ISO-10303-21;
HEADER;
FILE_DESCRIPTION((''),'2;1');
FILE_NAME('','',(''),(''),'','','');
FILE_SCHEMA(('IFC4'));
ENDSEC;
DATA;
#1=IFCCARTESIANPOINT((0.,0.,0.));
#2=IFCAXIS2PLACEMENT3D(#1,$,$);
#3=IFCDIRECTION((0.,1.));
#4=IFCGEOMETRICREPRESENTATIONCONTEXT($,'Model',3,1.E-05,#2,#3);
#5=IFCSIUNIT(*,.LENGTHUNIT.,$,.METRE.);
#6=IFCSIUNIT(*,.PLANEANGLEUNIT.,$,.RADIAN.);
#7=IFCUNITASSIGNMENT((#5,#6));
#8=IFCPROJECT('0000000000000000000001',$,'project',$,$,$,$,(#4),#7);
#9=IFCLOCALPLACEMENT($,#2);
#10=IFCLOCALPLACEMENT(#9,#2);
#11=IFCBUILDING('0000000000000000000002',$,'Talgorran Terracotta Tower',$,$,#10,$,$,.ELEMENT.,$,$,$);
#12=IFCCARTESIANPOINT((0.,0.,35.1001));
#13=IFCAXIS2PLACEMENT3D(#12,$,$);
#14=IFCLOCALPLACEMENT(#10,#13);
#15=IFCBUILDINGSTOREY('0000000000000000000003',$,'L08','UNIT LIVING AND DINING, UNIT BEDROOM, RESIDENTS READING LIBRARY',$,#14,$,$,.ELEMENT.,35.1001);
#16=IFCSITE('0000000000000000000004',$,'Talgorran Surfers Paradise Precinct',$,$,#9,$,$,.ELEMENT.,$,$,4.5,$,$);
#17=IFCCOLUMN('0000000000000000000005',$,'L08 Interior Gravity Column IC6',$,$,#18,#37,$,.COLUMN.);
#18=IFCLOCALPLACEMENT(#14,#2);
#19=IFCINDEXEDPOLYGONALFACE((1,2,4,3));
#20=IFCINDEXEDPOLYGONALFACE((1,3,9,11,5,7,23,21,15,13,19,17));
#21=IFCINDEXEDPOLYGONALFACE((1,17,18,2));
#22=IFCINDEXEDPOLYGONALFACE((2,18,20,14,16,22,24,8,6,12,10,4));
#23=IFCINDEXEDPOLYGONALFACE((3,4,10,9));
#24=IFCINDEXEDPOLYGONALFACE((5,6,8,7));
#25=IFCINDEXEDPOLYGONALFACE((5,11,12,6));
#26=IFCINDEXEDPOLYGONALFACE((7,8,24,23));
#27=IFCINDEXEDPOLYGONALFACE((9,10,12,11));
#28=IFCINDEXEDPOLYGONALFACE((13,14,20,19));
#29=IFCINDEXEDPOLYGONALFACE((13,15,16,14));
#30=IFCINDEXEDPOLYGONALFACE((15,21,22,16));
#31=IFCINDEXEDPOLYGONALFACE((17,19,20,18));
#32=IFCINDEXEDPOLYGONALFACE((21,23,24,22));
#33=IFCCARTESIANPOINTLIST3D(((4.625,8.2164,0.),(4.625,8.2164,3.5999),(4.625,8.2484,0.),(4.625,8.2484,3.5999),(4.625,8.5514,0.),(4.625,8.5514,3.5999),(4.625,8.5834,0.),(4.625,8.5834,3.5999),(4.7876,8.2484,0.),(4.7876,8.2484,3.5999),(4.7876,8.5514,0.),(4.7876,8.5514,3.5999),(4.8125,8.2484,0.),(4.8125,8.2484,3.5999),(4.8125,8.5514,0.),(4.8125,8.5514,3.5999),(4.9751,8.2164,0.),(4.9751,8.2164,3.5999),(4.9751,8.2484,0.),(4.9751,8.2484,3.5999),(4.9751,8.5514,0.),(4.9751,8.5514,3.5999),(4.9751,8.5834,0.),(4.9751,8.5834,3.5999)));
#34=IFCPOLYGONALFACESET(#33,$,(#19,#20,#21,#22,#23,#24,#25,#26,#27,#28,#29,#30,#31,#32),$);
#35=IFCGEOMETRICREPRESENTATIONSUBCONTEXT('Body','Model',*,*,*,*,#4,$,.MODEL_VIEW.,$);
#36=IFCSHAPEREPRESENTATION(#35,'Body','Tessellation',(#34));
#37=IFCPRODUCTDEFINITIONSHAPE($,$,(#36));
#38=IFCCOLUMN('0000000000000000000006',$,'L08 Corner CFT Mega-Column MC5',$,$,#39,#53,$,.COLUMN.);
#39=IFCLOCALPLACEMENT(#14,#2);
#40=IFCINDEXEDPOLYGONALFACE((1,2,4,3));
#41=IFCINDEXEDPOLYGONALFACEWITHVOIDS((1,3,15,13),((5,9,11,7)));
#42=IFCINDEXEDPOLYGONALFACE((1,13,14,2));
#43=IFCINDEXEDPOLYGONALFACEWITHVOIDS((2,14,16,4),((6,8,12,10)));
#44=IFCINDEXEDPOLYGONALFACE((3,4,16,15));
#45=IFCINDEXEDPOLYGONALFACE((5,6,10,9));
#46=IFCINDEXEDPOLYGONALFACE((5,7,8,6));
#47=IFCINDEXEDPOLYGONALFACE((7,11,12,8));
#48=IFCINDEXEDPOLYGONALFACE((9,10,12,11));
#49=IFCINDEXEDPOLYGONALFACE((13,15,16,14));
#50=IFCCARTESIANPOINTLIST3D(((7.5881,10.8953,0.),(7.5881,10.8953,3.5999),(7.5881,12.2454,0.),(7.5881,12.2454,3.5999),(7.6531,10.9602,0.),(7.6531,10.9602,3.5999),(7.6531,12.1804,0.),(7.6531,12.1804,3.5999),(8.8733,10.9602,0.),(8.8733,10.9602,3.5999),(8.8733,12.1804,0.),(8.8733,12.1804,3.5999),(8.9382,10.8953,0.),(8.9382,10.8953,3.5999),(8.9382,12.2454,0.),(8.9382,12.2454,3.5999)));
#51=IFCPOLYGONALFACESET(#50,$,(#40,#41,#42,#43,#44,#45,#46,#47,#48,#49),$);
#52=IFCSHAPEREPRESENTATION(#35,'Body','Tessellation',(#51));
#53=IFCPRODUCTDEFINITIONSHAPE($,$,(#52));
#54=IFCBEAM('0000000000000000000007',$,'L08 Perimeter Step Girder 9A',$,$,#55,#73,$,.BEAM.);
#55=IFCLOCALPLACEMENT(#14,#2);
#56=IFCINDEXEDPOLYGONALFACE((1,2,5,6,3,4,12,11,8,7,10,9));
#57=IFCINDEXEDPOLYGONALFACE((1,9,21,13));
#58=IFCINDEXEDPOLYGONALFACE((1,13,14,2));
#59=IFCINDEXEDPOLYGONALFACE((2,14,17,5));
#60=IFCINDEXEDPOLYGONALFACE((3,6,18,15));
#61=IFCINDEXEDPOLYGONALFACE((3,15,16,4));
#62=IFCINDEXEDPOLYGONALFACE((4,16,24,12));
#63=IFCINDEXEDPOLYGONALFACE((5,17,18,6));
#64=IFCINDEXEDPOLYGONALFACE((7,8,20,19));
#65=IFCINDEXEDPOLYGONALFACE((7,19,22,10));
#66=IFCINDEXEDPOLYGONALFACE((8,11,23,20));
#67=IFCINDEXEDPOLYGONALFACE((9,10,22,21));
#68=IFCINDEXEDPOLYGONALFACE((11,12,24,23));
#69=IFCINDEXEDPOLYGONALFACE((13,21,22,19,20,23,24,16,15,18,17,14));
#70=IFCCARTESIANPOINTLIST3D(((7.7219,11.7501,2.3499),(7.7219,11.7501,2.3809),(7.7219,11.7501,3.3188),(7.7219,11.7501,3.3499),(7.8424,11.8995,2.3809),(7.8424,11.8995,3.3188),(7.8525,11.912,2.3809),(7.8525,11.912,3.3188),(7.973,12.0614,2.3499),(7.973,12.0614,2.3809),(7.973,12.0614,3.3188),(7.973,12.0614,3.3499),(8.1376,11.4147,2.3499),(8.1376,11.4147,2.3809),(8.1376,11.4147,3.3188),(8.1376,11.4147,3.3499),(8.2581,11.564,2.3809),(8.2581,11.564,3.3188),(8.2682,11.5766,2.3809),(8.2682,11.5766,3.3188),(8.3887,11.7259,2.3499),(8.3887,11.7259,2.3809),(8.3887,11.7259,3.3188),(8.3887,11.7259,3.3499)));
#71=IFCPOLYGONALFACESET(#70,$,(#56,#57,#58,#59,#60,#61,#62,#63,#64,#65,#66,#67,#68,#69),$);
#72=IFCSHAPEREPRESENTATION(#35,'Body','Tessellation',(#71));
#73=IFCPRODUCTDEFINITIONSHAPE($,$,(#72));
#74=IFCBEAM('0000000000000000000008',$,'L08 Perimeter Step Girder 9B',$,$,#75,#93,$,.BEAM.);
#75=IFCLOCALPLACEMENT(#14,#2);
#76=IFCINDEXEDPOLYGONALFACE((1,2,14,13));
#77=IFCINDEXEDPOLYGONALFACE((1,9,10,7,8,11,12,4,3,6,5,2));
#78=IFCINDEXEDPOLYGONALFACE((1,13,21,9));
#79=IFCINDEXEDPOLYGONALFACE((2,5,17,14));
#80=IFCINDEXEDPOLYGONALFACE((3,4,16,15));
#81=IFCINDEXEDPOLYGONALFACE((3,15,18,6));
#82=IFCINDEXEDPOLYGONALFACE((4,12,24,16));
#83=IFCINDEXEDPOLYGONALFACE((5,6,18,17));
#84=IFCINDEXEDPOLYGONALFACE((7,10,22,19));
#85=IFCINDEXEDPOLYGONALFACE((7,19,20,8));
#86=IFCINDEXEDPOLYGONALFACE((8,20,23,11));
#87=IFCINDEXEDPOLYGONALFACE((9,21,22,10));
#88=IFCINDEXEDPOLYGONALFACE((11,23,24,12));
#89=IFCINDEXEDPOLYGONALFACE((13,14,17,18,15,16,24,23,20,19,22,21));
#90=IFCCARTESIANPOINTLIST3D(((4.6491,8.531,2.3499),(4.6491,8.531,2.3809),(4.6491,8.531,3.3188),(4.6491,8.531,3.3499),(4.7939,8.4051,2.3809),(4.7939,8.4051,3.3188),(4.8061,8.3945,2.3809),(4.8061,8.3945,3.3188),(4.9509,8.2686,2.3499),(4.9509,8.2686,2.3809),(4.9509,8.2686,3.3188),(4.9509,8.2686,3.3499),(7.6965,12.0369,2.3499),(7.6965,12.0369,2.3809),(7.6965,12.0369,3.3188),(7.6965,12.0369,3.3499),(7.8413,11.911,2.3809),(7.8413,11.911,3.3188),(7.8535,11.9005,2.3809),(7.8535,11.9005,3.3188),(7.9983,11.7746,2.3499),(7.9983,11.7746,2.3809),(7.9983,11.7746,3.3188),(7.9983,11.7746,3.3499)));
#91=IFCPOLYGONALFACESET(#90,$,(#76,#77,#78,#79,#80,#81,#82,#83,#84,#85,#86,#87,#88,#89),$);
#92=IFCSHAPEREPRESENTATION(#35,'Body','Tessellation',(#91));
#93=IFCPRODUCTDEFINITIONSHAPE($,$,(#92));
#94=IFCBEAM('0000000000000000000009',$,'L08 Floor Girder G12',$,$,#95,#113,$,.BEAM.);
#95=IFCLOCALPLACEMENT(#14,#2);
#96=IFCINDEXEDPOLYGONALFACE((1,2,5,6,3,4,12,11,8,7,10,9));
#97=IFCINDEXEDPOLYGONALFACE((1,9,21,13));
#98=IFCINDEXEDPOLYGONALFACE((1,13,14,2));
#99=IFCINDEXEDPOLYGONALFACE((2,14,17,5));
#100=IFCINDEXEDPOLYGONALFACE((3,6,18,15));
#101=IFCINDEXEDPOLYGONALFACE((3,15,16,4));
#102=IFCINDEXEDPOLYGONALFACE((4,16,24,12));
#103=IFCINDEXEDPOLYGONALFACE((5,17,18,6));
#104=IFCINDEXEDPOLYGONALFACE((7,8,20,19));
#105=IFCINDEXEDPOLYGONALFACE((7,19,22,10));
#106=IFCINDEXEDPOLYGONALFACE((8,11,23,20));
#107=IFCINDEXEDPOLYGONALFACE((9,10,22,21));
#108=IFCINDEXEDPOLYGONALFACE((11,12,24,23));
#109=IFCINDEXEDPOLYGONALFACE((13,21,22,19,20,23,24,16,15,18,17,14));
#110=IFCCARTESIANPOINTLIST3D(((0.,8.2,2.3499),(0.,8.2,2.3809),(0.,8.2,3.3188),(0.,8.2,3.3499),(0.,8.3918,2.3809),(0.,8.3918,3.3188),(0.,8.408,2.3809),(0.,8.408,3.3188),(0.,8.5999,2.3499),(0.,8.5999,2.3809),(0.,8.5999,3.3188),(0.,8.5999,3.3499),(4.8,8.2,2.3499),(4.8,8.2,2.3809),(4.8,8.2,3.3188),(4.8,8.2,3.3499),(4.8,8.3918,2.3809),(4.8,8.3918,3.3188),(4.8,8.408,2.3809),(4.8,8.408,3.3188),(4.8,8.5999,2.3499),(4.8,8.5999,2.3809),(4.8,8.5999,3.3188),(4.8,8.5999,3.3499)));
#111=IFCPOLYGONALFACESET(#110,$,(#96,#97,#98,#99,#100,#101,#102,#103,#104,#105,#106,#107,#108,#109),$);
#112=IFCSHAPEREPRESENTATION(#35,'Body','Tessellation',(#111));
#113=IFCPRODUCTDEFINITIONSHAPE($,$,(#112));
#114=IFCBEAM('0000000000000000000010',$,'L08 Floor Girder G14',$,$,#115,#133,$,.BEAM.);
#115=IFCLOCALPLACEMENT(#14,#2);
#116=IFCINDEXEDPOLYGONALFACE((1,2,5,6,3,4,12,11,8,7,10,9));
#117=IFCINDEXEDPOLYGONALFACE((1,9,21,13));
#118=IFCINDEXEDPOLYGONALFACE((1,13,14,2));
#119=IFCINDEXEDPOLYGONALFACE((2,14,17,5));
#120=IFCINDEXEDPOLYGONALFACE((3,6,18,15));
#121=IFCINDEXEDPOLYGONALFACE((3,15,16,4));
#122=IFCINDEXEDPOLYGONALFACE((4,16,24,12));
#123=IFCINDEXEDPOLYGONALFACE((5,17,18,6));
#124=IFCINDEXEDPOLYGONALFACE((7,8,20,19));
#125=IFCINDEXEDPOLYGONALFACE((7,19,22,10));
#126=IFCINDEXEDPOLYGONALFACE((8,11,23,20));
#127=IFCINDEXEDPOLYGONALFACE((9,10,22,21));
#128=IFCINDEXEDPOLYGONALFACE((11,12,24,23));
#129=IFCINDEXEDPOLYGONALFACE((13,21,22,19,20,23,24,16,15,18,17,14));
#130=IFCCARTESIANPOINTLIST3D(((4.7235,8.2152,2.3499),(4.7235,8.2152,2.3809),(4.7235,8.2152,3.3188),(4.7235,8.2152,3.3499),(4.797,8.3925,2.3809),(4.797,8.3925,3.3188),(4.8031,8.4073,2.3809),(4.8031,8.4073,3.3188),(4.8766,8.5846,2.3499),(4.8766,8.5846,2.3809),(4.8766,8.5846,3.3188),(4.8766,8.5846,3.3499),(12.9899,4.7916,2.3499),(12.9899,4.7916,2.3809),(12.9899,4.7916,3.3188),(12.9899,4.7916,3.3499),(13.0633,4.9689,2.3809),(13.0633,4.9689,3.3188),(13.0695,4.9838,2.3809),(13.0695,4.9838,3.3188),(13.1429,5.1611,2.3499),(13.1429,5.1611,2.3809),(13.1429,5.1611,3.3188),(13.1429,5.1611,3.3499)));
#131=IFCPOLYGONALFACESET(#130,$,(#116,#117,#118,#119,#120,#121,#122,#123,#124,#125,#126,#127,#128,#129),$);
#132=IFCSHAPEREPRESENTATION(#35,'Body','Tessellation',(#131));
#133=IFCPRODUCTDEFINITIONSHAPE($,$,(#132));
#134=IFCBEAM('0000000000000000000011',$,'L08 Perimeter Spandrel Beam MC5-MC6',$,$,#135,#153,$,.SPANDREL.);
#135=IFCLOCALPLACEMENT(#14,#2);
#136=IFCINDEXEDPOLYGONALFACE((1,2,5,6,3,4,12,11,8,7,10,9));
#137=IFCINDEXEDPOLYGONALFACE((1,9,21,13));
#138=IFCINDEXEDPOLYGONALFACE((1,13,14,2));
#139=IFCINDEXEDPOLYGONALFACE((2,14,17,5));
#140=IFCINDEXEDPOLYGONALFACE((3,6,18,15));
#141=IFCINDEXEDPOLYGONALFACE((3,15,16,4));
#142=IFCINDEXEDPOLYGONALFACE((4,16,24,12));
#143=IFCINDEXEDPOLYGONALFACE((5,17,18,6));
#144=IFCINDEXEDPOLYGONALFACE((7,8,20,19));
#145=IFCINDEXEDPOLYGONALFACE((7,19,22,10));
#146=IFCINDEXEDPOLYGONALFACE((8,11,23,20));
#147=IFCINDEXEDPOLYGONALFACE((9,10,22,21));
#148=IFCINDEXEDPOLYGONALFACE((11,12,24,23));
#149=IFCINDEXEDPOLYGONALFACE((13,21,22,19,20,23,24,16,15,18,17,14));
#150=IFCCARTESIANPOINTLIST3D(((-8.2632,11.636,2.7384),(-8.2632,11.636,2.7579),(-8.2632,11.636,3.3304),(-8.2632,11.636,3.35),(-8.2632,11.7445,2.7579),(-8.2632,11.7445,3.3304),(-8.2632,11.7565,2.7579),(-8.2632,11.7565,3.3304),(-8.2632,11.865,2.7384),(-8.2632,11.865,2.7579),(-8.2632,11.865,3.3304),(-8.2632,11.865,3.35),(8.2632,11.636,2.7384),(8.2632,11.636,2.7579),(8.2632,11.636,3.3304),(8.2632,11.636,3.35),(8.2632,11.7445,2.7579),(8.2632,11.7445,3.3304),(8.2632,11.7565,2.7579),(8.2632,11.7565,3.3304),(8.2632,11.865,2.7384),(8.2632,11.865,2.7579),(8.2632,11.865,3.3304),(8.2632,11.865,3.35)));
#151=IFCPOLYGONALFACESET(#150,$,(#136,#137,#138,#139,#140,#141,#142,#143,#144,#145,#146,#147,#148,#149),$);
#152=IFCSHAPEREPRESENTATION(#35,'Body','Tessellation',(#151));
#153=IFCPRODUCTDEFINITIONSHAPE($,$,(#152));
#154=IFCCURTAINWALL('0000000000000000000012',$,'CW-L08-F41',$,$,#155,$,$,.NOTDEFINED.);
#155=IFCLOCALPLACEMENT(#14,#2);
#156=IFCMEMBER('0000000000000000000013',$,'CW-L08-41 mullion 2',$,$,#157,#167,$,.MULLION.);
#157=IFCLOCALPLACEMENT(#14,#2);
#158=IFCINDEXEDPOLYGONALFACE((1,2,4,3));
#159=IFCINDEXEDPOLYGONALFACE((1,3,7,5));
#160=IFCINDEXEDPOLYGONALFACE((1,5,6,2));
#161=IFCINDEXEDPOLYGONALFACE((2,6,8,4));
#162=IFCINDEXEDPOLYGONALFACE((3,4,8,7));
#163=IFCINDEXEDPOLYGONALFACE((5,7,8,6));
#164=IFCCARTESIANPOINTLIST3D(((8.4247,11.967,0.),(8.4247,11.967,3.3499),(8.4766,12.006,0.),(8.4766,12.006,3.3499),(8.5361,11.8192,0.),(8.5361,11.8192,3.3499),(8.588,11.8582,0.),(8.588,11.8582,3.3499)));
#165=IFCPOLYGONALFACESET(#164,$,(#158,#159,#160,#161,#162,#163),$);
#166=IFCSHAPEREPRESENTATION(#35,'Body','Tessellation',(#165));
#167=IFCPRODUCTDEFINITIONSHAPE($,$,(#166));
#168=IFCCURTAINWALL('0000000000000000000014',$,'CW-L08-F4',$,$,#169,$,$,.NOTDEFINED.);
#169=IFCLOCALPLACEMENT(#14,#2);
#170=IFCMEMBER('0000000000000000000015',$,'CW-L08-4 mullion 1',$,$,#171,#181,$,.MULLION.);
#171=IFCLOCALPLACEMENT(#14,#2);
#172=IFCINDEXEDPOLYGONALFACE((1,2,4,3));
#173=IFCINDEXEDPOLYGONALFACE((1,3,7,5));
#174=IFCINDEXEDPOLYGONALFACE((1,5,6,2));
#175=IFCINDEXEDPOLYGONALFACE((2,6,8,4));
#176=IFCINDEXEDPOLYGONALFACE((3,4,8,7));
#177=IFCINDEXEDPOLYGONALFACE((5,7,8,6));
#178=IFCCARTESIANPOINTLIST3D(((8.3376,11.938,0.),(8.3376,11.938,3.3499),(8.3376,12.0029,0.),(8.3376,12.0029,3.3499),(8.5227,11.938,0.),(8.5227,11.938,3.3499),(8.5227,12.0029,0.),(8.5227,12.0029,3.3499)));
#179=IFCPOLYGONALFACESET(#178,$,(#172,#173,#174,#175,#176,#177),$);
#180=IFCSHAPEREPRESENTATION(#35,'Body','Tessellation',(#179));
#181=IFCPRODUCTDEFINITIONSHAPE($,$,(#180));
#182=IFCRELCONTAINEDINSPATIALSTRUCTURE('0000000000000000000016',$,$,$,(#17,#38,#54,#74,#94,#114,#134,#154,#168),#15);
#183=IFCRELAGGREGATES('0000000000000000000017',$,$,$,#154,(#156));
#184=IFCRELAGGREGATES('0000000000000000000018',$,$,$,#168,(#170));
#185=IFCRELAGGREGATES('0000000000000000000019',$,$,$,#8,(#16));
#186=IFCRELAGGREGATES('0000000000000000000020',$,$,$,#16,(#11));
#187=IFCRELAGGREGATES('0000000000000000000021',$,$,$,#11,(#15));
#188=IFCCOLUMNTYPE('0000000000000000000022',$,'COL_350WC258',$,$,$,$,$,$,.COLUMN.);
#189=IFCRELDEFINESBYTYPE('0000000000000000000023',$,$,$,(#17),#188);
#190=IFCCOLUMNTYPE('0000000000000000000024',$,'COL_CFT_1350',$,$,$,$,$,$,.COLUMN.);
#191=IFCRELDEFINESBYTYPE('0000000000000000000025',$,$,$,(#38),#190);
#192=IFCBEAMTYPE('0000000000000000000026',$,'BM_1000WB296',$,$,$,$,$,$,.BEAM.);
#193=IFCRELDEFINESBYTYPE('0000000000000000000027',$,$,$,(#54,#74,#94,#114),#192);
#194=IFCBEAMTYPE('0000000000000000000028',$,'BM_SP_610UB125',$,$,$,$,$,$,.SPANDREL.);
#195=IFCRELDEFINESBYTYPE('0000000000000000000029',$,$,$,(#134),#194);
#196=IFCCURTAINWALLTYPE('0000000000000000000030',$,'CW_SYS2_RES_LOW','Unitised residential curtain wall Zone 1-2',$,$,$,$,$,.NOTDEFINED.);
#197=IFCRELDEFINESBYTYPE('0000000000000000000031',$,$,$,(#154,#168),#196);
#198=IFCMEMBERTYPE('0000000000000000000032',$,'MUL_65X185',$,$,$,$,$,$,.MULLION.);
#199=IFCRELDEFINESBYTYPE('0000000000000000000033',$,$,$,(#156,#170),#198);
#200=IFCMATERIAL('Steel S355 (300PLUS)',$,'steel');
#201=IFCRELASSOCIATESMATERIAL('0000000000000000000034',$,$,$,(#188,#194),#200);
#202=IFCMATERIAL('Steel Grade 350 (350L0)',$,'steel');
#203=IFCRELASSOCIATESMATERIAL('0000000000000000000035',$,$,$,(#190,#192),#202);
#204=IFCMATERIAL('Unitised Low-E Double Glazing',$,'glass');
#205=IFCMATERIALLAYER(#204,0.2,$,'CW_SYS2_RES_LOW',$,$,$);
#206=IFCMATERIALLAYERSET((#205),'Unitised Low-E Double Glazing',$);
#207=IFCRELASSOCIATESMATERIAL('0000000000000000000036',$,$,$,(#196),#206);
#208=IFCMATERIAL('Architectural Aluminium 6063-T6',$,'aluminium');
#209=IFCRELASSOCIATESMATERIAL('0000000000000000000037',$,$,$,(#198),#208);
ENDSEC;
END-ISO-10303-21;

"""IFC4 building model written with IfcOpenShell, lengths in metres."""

from ifc_helpers import new_model, si_unit, direction, frame, origin, origin_2d, place, context, subcontext, project, spatial, rectangle, hollow_rectangle, i_section, extrude, material, layer, layer_set, material_profile, profile_set, type_object, element, aggregate, save


model = new_model("IFC4")

# Units and contexts
model_context = context("Model", 3, precision=1e-05, world=origin(), true_north=direction((0.0, 1.0)))
body_context = subcontext(model_context, "Body", "Model", "MODEL_VIEW")
ifc_project = project(units=[si_unit("LENGTHUNIT", "METRE"), si_unit("PLANEANGLEUNIT", "RADIAN")], contexts=[model_context])

# Site, building, storey
site_placement = place(None, origin())
site = spatial("IfcSite", under=ifc_project, at=site_placement, Name="Talgorran Surfers Paradise Precinct", CompositionType="ELEMENT", RefElevation=4.5)
building_placement = place(site_placement, origin())
building = spatial("IfcBuilding", under=site, at=building_placement, Name="Talgorran Terracotta Tower", CompositionType="ELEMENT")
storey_placement = place(building_placement, frame((0.0, 0.0, 35.1001)))
storey = spatial("IfcBuildingStorey", under=building, at=storey_placement, Name="L08", Description="UNIT LIVING AND DINING, UNIT BEDROOM, RESIDENTS READING LIBRARY", CompositionType="ELEMENT", Elevation=35.1001)

# Columns
ifc_material_1 = material(Name="Steel S355 (300PLUS)", Category="steel")
ifc_material_profile_1 = material_profile(ifc_material_1, i_section(OverallWidth=0.3501, OverallDepth=0.3669, WebThickness=0.0249, FlangeThickness=0.032, at=origin_2d()), Name="350WC258")
ifc_profile_set_1 = profile_set([ifc_material_profile_1], Name="Steel S355 (300PLUS)")
column_type_1 = type_object("IfcColumnType", Name="COL_350WC258", PredefinedType="COLUMN", material=ifc_profile_set_1)
column_1_placement = place(storey_placement, frame((4.8, 8.3999, 0.0), z_axis=(0.0, 0.0, 1.0), x_axis=(1.0, 0.0, 0.0)))
element("IfcColumn", 1, at=column_1_placement, inside=storey, type_object=column_type_1, Name="L08 Interior Gravity Column IC6", PredefinedType="COLUMN", context=body_context, shape_type="SweptSolid", body=[
    extrude(i_section(OverallWidth=0.3501, OverallDepth=0.3669, WebThickness=0.0249, FlangeThickness=0.032, at=origin_2d()), origin(), (0.0, 0.0, 1.0), 3.5999),
])
ifc_material_2 = material(Name="Steel Grade 350 (350L0)", Category="steel")
ifc_material_profile_2 = material_profile(ifc_material_2, hollow_rectangle(XDim=1.3501, YDim=1.3501, WallThickness=0.0649, at=origin_2d()), Name="CFT1350X1350X65")
ifc_profile_set_2 = profile_set([ifc_material_profile_2], Name="Steel Grade 350 (350L0)")
column_type_2 = type_object("IfcColumnType", Name="COL_CFT_1350", PredefinedType="COLUMN", material=ifc_profile_set_2)
column_2_placement = place(storey_placement, frame((8.2632, 11.5703, 0.0), z_axis=(0.0, 0.0, 1.0), x_axis=(1.0, 0.0, 0.0)))
element("IfcColumn", 2, at=column_2_placement, inside=storey, type_object=column_type_2, Name="L08 Corner CFT Mega-Column MC5", PredefinedType="COLUMN", context=body_context, shape_type="SweptSolid", body=[
    extrude(hollow_rectangle(XDim=1.3501, YDim=1.3501, WallThickness=0.0649, at=origin_2d()), origin(), (0.0, 0.0, 1.0), 3.5999),
])

# Beams
ifc_material_profile_3 = material_profile(ifc_material_2, i_section(OverallWidth=0.3999, OverallDepth=1.0, WebThickness=0.0161, FlangeThickness=0.031, at=origin_2d()), Name="1000WB296")
ifc_profile_set_3 = profile_set([ifc_material_profile_3], Name="Steel Grade 350 (350L0)")
beam_type_1 = type_object("IfcBeamType", Name="BM_1000WB296", PredefinedType="BEAM", material=ifc_profile_set_3)
beam_1_placement = place(storey_placement, frame((8.2632, 11.5703, 2.8499), z_axis=(-0.778276, 0.627922, 0.0), x_axis=(-0.627922, -0.778276, 0.0)))
element("IfcBeam", 3, at=beam_1_placement, inside=storey, type_object=beam_type_1, Name="L08 Perimeter Step Girder 9A", PredefinedType="BEAM", context=body_context, shape_type="SweptSolid", body=[
    extrude(i_section(OverallWidth=0.3999, OverallDepth=1.0, WebThickness=0.0161, FlangeThickness=0.031, at=origin_2d()), origin(), (0.0, 0.0, 1.0), 0.5342),
])
beam_2_placement = place(storey_placement, frame((7.8474, 11.9058, 2.8499), z_axis=(-0.65603, -0.754734, 0.0), x_axis=(0.754734, -0.65603, 0.0)))
element("IfcBeam", 4, at=beam_2_placement, inside=storey, type_object=beam_type_1, Name="L08 Perimeter Step Girder 9B", PredefinedType="BEAM", context=body_context, shape_type="SweptSolid", body=[
    extrude(i_section(OverallWidth=0.3999, OverallDepth=1.0, WebThickness=0.0161, FlangeThickness=0.031, at=origin_2d()), origin(), (0.0, 0.0, 1.0), 4.6453),
])
beam_3_placement = place(storey_placement, frame((0.0, 8.3999, 2.8499), z_axis=(1.0, 0.0, 0.0), x_axis=(0.0, 1.0, 0.0)))
element("IfcBeam", 5, at=beam_3_placement, inside=storey, type_object=beam_type_1, Name="L08 Floor Girder G12", PredefinedType="BEAM", context=body_context, shape_type="SweptSolid", body=[
    extrude(i_section(OverallWidth=0.3999, OverallDepth=1.0, WebThickness=0.0161, FlangeThickness=0.031, at=origin_2d()), origin(), (0.0, 0.0, 1.0), 4.8),
])
beam_4_placement = place(storey_placement, frame((4.8, 8.3999, 2.8499), z_axis=(0.923897, -0.38264, 0.0), x_axis=(0.38264, 0.923897, 0.0)))
element("IfcBeam", 6, at=beam_4_placement, inside=storey, type_object=beam_type_1, Name="L08 Floor Girder G14", PredefinedType="BEAM", context=body_context, shape_type="SweptSolid", body=[
    extrude(i_section(OverallWidth=0.3999, OverallDepth=1.0, WebThickness=0.0161, FlangeThickness=0.031, at=origin_2d()), origin(), (0.0, 0.0, 1.0), 8.9473),
])
ifc_material_profile_4 = material_profile(ifc_material_1, i_section(OverallWidth=0.229, OverallDepth=0.6116, WebThickness=0.012, FlangeThickness=0.0195, at=origin_2d()), Name="610UB125")
ifc_profile_set_4 = profile_set([ifc_material_profile_4], Name="Steel S355 (300PLUS)")
beam_type_2 = type_object("IfcBeamType", Name="BM_SP_610UB125", PredefinedType="SPANDREL", material=ifc_profile_set_4)
beam_5_placement = place(storey_placement, frame((8.2632, 11.7505, 3.0442), z_axis=(-1.0, 0.0, 0.0), x_axis=(0.0, -1.0, 0.0)))
element("IfcBeam", 7, at=beam_5_placement, inside=storey, type_object=beam_type_2, Name="L08 Perimeter Spandrel Beam MC5-MC6", PredefinedType="SPANDREL", context=body_context, shape_type="SweptSolid", body=[
    extrude(i_section(OverallWidth=0.229, OverallDepth=0.6116, WebThickness=0.012, FlangeThickness=0.0195, at=origin_2d()), origin(), (0.0, 0.0, 1.0), 16.5264),
])

# Curtain wall, member
ifc_material_3 = material(Name="Unitised Low-E Double Glazing", Category="glass")
ifc_layer_1 = layer(ifc_material_3, 0.2, Name="CW_SYS2_RES_LOW")
ifc_layer_set_1 = layer_set([ifc_layer_1], Name="Unitised Low-E Double Glazing")
curtain_wall_type = type_object("IfcCurtainWallType", Name="CW_SYS2_RES_LOW", Description="Unitised residential curtain wall Zone 1-2", PredefinedType="NOTDEFINED", material=ifc_layer_set_1)
curtain_wall_1_placement = place(storey_placement, origin())
curtain_wall_1 = element("IfcCurtainWall", 8, at=curtain_wall_1_placement, inside=storey, type_object=curtain_wall_type, Name="CW-L08-F41", PredefinedType="NOTDEFINED")
ifc_material_4 = material(Name="Architectural Aluminium 6063-T6", Category="aluminium")
ifc_material_profile_5 = material_profile(ifc_material_4, rectangle(XDim=0.0649, YDim=0.1851, at=origin_2d()), Name="CWM65X185")
ifc_profile_set_5 = profile_set([ifc_material_profile_5], Name="Architectural Aluminium 6063-T6")
member_type_1 = type_object("IfcMemberType", Name="MUL_65X185", PredefinedType="MULLION", material=ifc_profile_set_5)
member_1_placement = place(storey_placement, frame((8.5063, 11.9126, 0.0), z_axis=(0.0, 0.0, 1.0), x_axis=(-0.798639, -0.60181, 0.0)))
member_1 = element("IfcMember", 9, at=member_1_placement, type_object=member_type_1, Name="CW-L08-41 mullion 2", PredefinedType="MULLION", context=body_context, shape_type="SweptSolid", body=[
    extrude(rectangle(XDim=0.0649, YDim=0.1851, at=origin_2d()), origin(), (0.0, 0.0, 1.0), 3.3499),
])
aggregate(curtain_wall_1, [member_1])

# Curtain wall, member
curtain_wall_2_placement = place(storey_placement, origin())
curtain_wall_2 = element("IfcCurtainWall", 10, at=curtain_wall_2_placement, inside=storey, type_object=curtain_wall_type, Name="CW-L08-F4", PredefinedType="NOTDEFINED")
member_2_placement = place(storey_placement, frame((8.4302, 11.9705, 0.0), z_axis=(0.0, 0.0, 1.0), x_axis=(0.0, -1.0, 0.0)))
member_2 = element("IfcMember", 11, at=member_2_placement, type_object=member_type_1, Name="CW-L08-4 mullion 1", PredefinedType="MULLION", context=body_context, shape_type="SweptSolid", body=[
    extrude(rectangle(XDim=0.0649, YDim=0.1851, at=origin_2d()), origin(), (0.0, 0.0, 1.0), 3.3499),
])

aggregate(curtain_wall_2, [member_2])

save(model, "model.ifc")
